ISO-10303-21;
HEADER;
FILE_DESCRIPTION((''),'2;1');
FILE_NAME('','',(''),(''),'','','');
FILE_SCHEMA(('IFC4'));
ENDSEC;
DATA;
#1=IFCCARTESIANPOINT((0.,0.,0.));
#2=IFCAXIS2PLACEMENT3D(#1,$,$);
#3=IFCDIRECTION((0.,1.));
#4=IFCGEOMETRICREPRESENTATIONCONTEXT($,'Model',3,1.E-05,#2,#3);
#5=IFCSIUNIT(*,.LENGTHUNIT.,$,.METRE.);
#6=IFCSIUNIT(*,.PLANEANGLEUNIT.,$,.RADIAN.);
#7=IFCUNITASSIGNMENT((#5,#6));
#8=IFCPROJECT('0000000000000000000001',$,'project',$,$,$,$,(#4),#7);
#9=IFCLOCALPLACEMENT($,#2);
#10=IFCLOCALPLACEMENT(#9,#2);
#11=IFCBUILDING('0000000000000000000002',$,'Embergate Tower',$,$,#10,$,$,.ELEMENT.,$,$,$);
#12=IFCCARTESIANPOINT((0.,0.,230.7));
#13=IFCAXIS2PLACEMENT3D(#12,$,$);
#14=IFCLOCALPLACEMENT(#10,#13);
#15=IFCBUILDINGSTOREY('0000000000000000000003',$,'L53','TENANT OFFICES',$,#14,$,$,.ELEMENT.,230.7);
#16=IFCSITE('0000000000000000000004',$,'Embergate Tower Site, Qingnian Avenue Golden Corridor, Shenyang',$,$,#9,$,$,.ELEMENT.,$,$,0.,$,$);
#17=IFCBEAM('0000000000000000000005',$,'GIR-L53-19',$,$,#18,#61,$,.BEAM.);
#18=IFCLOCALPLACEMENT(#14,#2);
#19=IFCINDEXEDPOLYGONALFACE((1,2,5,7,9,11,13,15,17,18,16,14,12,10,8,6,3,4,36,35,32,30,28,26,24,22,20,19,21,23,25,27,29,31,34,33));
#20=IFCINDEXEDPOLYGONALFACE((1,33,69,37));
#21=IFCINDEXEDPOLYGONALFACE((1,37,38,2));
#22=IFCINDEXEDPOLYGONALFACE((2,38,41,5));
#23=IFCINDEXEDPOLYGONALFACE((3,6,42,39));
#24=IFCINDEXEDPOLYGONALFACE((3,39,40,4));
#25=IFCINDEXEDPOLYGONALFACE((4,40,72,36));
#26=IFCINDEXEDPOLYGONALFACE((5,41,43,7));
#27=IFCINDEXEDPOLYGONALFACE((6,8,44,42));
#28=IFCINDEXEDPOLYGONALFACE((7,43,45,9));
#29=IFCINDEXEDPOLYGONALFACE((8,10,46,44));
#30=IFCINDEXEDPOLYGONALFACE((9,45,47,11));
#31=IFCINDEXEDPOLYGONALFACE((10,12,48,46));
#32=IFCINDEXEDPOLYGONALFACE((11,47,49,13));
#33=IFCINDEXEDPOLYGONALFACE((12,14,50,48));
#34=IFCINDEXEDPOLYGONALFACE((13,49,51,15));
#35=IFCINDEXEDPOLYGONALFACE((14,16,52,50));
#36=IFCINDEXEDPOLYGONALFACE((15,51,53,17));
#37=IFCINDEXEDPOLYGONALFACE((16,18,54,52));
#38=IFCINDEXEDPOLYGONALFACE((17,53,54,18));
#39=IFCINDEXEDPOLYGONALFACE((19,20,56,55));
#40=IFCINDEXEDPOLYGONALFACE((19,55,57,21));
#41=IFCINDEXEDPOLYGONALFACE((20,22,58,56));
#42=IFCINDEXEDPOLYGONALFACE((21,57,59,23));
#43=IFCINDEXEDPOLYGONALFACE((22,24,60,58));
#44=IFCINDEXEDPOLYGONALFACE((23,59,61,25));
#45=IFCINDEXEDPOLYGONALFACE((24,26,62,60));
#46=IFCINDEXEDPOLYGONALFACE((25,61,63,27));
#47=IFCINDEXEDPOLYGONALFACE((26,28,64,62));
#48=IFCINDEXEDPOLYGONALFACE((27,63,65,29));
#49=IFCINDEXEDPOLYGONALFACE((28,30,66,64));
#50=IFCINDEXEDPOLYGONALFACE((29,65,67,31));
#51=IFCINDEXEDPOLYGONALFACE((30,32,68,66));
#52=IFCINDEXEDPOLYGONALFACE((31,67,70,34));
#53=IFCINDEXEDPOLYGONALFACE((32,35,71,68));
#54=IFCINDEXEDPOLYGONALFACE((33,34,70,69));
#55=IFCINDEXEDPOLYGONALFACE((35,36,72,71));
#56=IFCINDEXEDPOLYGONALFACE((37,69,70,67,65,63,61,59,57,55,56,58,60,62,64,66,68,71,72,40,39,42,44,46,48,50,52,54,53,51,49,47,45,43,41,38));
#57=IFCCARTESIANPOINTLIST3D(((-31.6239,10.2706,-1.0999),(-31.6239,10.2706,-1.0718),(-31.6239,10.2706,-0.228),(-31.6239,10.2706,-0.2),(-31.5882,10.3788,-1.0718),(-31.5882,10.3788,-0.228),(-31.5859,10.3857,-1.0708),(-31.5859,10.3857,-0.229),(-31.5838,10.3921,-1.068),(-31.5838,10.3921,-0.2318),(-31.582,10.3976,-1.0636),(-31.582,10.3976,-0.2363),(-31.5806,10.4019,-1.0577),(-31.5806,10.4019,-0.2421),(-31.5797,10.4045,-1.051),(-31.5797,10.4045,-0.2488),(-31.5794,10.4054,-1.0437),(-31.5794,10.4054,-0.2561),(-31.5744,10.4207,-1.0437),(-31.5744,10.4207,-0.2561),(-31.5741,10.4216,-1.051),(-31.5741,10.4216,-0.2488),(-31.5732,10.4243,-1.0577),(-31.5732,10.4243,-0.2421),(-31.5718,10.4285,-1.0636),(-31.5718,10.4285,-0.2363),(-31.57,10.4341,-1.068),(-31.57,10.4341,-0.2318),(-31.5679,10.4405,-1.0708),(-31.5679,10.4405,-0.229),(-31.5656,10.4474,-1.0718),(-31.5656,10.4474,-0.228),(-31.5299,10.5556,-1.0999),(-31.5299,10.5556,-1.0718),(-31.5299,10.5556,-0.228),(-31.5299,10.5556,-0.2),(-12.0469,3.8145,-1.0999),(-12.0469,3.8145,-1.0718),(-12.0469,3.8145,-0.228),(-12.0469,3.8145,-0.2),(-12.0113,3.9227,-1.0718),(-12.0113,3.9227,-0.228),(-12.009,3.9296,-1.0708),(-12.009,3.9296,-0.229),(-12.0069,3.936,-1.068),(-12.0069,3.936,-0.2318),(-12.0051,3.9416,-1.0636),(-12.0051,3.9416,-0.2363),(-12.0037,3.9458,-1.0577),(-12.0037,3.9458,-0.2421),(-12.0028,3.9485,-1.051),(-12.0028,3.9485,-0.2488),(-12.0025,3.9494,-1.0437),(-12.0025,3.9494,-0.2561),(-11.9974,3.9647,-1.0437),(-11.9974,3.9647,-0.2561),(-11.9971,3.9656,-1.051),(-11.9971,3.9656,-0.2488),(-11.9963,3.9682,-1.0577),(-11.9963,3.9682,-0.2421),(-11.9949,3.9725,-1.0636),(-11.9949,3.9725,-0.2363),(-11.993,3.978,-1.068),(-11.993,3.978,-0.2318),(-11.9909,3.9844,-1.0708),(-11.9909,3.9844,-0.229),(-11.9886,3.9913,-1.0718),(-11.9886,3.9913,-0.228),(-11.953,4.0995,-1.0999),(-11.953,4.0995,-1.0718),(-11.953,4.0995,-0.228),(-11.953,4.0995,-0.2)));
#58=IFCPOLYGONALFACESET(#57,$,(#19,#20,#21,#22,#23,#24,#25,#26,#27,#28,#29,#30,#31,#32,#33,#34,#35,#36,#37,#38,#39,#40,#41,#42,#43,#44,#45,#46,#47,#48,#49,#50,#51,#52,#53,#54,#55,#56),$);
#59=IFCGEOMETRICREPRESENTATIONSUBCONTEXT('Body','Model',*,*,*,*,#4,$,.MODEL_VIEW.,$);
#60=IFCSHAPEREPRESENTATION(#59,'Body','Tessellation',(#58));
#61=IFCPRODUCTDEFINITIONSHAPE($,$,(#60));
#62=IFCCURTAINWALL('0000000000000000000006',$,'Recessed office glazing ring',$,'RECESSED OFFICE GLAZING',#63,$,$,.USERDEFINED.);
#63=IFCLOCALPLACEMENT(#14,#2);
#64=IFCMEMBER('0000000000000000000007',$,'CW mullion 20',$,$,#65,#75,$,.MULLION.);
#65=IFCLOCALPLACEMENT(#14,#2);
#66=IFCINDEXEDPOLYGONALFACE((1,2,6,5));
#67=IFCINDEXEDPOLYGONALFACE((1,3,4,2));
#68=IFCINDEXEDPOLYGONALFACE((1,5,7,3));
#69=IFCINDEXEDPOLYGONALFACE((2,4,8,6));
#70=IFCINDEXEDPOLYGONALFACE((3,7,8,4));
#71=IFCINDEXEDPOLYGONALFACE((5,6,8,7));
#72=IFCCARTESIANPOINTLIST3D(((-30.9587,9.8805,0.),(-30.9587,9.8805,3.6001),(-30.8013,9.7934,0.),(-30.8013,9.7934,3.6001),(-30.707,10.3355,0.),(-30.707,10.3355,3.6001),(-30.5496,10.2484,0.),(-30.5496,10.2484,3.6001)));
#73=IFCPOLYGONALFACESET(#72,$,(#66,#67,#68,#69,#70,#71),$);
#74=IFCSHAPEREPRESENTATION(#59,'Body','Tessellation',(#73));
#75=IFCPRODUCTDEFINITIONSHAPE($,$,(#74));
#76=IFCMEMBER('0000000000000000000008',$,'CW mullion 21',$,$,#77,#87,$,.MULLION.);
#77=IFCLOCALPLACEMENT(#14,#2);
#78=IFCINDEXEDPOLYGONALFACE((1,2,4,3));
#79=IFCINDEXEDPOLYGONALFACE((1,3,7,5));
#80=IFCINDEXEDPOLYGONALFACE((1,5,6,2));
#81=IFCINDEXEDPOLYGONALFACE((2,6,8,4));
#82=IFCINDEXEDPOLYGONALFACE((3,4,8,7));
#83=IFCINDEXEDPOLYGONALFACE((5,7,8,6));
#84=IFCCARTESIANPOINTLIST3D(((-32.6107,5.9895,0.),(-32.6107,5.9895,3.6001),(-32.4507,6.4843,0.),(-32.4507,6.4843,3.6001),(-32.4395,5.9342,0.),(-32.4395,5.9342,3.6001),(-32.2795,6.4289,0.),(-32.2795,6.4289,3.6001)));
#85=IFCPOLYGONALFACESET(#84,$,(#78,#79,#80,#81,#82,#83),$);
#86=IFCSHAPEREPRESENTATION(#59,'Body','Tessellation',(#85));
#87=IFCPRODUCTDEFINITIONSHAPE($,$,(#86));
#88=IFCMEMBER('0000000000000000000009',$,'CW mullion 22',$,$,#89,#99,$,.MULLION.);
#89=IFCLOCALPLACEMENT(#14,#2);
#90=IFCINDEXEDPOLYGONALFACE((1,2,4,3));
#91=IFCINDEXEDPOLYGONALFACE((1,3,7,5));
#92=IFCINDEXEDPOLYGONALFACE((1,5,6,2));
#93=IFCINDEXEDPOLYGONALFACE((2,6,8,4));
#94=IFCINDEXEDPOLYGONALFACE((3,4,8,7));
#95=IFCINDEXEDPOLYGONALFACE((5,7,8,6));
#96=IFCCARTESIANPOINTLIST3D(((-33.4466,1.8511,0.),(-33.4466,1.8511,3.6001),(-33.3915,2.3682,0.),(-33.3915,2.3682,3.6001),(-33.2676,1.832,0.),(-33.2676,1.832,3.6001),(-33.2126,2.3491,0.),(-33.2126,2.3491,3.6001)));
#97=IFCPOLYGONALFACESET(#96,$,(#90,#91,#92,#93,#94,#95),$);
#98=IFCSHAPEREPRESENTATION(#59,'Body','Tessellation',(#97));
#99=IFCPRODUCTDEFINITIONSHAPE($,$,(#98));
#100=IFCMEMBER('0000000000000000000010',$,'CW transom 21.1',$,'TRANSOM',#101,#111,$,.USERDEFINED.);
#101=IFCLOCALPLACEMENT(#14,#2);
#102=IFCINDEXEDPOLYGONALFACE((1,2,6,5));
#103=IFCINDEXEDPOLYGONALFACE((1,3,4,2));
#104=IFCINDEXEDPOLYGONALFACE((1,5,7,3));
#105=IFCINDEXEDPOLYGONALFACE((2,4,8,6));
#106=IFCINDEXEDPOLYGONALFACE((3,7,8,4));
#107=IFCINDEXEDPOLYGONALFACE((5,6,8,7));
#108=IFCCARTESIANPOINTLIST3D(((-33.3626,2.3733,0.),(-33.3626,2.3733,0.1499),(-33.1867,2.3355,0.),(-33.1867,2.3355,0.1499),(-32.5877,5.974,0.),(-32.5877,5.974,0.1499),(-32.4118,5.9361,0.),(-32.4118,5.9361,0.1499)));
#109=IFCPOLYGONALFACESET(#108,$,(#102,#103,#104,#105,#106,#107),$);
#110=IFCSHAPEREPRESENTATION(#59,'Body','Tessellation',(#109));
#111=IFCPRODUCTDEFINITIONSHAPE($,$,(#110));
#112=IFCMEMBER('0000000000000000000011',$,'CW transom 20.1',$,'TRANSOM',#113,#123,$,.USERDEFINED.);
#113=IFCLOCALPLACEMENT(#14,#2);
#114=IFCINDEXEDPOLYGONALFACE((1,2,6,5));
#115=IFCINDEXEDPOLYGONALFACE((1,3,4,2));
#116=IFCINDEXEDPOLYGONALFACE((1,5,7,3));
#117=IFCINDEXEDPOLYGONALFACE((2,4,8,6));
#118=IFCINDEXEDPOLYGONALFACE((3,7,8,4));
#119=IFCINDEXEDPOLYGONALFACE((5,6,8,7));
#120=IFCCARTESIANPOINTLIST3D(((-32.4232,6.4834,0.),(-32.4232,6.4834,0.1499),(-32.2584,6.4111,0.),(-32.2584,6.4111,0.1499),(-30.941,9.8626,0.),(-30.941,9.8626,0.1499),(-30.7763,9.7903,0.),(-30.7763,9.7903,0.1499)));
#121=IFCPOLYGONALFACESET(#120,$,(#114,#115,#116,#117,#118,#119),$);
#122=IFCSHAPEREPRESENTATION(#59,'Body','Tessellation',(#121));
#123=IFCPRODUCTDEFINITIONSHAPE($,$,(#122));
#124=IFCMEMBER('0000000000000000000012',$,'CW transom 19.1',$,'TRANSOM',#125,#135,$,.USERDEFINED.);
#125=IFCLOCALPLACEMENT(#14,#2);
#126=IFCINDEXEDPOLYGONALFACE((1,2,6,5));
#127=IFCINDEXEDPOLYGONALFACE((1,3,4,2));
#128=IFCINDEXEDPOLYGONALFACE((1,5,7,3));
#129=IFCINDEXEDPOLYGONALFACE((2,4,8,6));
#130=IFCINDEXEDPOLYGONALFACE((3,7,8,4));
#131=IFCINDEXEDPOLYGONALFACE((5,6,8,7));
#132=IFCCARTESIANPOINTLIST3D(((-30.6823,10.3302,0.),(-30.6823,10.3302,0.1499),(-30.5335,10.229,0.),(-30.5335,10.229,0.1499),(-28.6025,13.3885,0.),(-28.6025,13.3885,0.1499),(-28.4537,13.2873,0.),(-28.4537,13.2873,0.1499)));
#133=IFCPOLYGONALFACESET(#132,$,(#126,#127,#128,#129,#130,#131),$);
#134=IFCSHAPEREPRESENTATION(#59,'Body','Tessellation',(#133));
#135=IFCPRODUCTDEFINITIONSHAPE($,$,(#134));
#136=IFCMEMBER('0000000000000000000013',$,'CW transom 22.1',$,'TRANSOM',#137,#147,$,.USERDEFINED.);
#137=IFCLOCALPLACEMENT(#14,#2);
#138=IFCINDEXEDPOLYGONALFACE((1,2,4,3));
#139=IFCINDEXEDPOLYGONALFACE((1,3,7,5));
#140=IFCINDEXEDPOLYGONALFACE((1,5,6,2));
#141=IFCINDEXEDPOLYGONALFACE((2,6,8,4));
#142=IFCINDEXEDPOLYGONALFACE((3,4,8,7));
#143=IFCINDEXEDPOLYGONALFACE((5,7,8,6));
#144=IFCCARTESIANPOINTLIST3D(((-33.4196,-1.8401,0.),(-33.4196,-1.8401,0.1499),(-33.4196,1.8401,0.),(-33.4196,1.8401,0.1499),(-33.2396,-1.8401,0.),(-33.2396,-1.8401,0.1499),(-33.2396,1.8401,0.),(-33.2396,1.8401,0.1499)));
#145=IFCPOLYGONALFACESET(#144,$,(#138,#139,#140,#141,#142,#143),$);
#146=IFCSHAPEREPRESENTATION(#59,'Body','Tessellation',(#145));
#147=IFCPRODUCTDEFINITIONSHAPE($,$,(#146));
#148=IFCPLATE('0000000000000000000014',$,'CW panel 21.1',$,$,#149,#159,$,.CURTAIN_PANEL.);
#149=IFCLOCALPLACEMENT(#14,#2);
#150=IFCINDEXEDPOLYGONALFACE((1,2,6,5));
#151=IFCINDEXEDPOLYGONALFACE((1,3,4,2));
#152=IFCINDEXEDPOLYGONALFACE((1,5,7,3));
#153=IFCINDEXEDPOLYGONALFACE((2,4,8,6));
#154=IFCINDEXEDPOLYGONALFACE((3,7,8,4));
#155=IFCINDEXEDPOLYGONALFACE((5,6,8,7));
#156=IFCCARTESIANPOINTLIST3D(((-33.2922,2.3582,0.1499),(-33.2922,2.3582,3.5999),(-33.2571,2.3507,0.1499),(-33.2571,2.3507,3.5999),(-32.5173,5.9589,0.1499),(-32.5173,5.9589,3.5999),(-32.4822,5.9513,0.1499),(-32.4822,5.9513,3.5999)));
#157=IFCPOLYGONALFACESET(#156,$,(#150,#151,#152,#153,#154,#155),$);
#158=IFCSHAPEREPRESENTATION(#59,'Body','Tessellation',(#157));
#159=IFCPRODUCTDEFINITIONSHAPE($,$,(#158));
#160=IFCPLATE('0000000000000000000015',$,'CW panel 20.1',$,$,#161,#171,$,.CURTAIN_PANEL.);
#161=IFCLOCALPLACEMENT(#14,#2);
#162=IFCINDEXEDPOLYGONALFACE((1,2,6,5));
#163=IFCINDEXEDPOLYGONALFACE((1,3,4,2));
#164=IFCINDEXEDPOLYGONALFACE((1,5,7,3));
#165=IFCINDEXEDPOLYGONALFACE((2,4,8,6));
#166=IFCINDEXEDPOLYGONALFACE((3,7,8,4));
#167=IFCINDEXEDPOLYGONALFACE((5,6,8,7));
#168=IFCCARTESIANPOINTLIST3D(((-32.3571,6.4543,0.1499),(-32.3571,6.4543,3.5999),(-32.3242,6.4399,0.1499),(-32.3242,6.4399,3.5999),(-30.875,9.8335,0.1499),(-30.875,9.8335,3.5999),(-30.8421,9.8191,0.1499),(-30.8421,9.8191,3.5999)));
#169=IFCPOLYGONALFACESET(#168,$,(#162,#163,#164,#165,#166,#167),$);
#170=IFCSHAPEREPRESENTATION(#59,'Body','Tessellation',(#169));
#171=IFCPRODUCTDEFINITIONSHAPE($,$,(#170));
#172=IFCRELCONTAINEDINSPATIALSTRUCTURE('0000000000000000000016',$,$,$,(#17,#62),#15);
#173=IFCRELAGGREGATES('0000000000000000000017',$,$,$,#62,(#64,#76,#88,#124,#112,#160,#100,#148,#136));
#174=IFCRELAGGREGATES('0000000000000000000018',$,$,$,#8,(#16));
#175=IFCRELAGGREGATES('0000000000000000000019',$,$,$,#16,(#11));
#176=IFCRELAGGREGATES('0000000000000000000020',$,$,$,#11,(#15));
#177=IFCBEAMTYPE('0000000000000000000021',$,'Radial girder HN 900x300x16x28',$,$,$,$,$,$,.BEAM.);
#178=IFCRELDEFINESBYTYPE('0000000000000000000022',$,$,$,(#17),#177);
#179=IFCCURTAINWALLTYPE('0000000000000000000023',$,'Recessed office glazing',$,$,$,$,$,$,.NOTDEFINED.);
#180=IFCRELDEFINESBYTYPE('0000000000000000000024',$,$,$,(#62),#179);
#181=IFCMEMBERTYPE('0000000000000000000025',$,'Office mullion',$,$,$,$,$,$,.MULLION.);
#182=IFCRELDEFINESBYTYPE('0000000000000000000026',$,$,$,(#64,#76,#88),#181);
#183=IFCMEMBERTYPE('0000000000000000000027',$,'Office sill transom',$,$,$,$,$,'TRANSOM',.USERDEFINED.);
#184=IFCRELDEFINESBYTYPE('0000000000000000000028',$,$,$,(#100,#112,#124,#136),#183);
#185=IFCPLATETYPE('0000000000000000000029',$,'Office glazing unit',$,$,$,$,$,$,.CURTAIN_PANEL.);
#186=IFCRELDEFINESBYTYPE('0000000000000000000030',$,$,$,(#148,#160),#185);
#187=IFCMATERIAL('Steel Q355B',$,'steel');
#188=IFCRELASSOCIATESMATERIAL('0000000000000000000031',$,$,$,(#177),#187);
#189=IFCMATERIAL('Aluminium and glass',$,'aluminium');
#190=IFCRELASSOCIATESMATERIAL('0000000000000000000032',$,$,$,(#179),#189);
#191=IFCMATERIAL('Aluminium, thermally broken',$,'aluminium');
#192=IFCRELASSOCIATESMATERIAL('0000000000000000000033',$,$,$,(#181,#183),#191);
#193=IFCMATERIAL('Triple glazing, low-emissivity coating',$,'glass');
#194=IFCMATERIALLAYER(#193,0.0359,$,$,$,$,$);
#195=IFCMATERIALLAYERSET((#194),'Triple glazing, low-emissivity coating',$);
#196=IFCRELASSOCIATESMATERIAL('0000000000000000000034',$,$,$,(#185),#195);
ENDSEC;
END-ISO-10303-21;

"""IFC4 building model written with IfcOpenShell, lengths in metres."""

from ifc_helpers import new_model, si_unit, direction, frame, origin, origin_2d, place, context, subcontext, project, spatial, rectangle, i_section, extrude, source, transform, mapped, material, layer, layer_set, material_profile, profile_set, type_object, element, aggregate, save


model = new_model("IFC4")

# Units and contexts
model_context = context("Model", 3, precision=1e-05, world=origin(), true_north=direction((0.0, 1.0)))
body_context = subcontext(model_context, "Body", "Model", "MODEL_VIEW")
ifc_project = project(units=[si_unit("LENGTHUNIT", "METRE"), si_unit("PLANEANGLEUNIT", "RADIAN")], contexts=[model_context])

# Site, building, storey
site_placement = place(None, origin())
site = spatial("IfcSite", under=ifc_project, at=site_placement, Name="Embergate Tower Site, Qingnian Avenue Golden Corridor, Shenyang", CompositionType="ELEMENT", RefElevation=0.0)
building_placement = place(site_placement, origin())
building = spatial("IfcBuilding", under=site, at=building_placement, Name="Embergate Tower", CompositionType="ELEMENT")
storey_placement = place(building_placement, frame((0.0, 0.0, 230.7)))
storey = spatial("IfcBuildingStorey", under=building, at=storey_placement, Name="L53", Description="TENANT OFFICES", CompositionType="ELEMENT", Elevation=230.7)

# Beam
ifc_material_1 = material(Name="Steel Q355B", Category="steel")
ifc_material_profile_1 = material_profile(ifc_material_1, i_section(OverallWidth=0.3, OverallDepth=0.8999, WebThickness=0.0161, FlangeThickness=0.0281, FilletRadius=0.0281, at=origin_2d()), Name="HN 900x300x16x28")
ifc_profile_set_1 = profile_set([ifc_material_profile_1], Name="Steel Q355 grade B")
beam_type_1 = type_object("IfcBeamType", Name="Radial girder HN 900x300x16x28", PredefinedType="BEAM", material=ifc_profile_set_1)
shared_shape_1 = source(origin(), body_context, "Body", "SweptSolid", [
    extrude(i_section(OverallWidth=0.3, OverallDepth=0.8999, WebThickness=0.0161, FlangeThickness=0.0281, FilletRadius=0.0281, at=origin_2d()), origin(), (0.0, 0.0, 1.0), 20.614),
])
beam_1_placement = place(storey_placement, frame((-31.5769, 10.4131, -0.6499), z_axis=(0.949691, -0.313188, 0.0), x_axis=(0.313188, 0.949691, 0.0)))
element("IfcBeam", 1, at=beam_1_placement, inside=storey, type_object=beam_type_1, Name="GIR-L53-19", PredefinedType="BEAM", context=body_context, shape_type="MappedRepresentation", body=[
    mapped(shared_shape_1, transform((0.0, 0.0, 0.0))),
])

# Curtain wall, members, plates
ifc_material_2 = material(Name="Aluminium and glass", Category="aluminium")
curtain_wall_type = type_object("IfcCurtainWallType", Name="Recessed office glazing", PredefinedType="NOTDEFINED", material=ifc_material_2)
curtain_wall_placement = place(storey_placement, origin())
curtain_wall = element("IfcCurtainWall", 2, at=curtain_wall_placement, inside=storey, type_object=curtain_wall_type, Name="Recessed office glazing ring", ObjectType="RECESSED OFFICE GLAZING", PredefinedType="USERDEFINED")
ifc_material_3 = material(Name="Aluminium, thermally broken", Category="aluminium")
ifc_material_profile_2 = material_profile(ifc_material_3, rectangle(XDim=0.1799, YDim=0.52, at=origin_2d()), Name="AL 520x180")
ifc_profile_set_2 = profile_set([ifc_material_profile_2], Name="Aluminium, thermally broken")
member_type_1 = type_object("IfcMemberType", Name="Office mullion", PredefinedType="MULLION", material=ifc_profile_set_2)
shared_shape_2 = source(origin(), body_context, "Body", "SweptSolid", [
    extrude(rectangle(XDim=0.1799, YDim=0.52, at=origin_2d()), origin(), (0.0, 0.0, 1.0), 3.6001),
])
member_1_placement = place(storey_placement, frame((-30.7542, 10.0645, 0.0), z_axis=(0.0, 0.0, 1.0), x_axis=(0.874993, -0.484135, 0.0)))
member_1 = element("IfcMember", 3, at=member_1_placement, type_object=member_type_1, Name="CW mullion 20", PredefinedType="MULLION", context=body_context, shape_type="MappedRepresentation", body=[
    mapped(shared_shape_2, transform((0.0, 0.0, 0.0))),
])
member_2_placement = place(storey_placement, frame((-32.4451, 6.2092, 0.0), z_axis=(0.0, 0.0, 1.0), x_axis=(0.951494, -0.307669, 0.0)))
member_2 = element("IfcMember", 4, at=member_2_placement, type_object=member_type_1, Name="CW mullion 21", PredefinedType="MULLION", context=body_context, shape_type="MappedRepresentation", body=[
    mapped(shared_shape_2, transform((0.0, 0.0, 0.0))),
])
member_3_placement = place(storey_placement, frame((-33.3296, 2.1001, 0.0), z_axis=(0.0, 0.0, 1.0), x_axis=(0.994384, -0.105828, 0.0)))
member_3 = element("IfcMember", 5, at=member_3_placement, type_object=member_type_1, Name="CW mullion 22", PredefinedType="MULLION", context=body_context, shape_type="MappedRepresentation", body=[
    mapped(shared_shape_2, transform((0.0, 0.0, 0.0))),
])
ifc_material_profile_3 = material_profile(ifc_material_3, rectangle(XDim=0.1799, YDim=0.1499, at=origin_2d()), Name="AL 150x180")
ifc_profile_set_3 = profile_set([ifc_material_profile_3], Name="Aluminium, thermally broken")
member_type_2 = type_object("IfcMemberType", Name="Office sill transom", ElementType="TRANSOM", PredefinedType="USERDEFINED", material=ifc_profile_set_3)
shared_shape_3 = source(origin(), body_context, "Body", "SweptSolid", [
    extrude(rectangle(XDim=0.1799, YDim=0.1499, at=origin_2d()), origin(), (0.0, 0.0, 1.0), 3.6831),
])
member_4_placement = place(storey_placement, frame((-32.4998, 5.9551, 0.075), z_axis=(-0.210398, -0.977616, 0.0), x_axis=(0.977616, -0.210398, 0.0)))
member_4 = element("IfcMember", 6, at=member_4_placement, type_object=member_type_2, Name="CW transom 21.1", ObjectType="TRANSOM", PredefinedType="USERDEFINED", context=body_context, shape_type="MappedRepresentation", body=[
    mapped(shared_shape_3, transform((0.0, 0.0, 0.0))),
])
shared_shape_4 = source(origin(), body_context, "Body", "SweptSolid", [
    extrude(rectangle(XDim=0.1799, YDim=0.1499, at=origin_2d()), origin(), (0.0, 0.0, 1.0), 3.6899),
])
member_5_placement = place(storey_placement, frame((-30.8586, 9.8264, 0.075), z_axis=(-0.401683, -0.915779, 0.0), x_axis=(0.915779, -0.401683, 0.0)))
member_5 = element("IfcMember", 7, at=member_5_placement, type_object=member_type_2, Name="CW transom 20.1", ObjectType="TRANSOM", PredefinedType="USERDEFINED", context=body_context, shape_type="MappedRepresentation", body=[
    mapped(shared_shape_4, transform((0.0, 0.0, 0.0))),
])
shared_shape_5 = source(origin(), body_context, "Body", "SweptSolid", [
    extrude(rectangle(XDim=0.1799, YDim=0.1499, at=origin_2d()), origin(), (0.0, 0.0, 1.0), 3.6985),
])
member_6_placement = place(storey_placement, frame((-28.5281, 13.3379, 0.075), z_axis=(-0.562339, -0.826907, 0.0), x_axis=(0.826907, -0.562339, 0.0)))
member_6 = element("IfcMember", 8, at=member_6_placement, type_object=member_type_2, Name="CW transom 19.1", ObjectType="TRANSOM", PredefinedType="USERDEFINED", context=body_context, shape_type="MappedRepresentation", body=[
    mapped(shared_shape_5, transform((0.0, 0.0, 0.0))),
])
shared_shape_6 = source(origin(), body_context, "Body", "SweptSolid", [
    extrude(rectangle(XDim=0.1799, YDim=0.1499, at=origin_2d()), origin(), (0.0, 0.0, 1.0), 3.6802),
])
member_7_placement = place(storey_placement, frame((-33.3296, 1.8401, 0.075), z_axis=(0.0, -1.0, 0.0), x_axis=(1.0, 0.0, 0.0)))
member_7 = element("IfcMember", 9, at=member_7_placement, type_object=member_type_2, Name="CW transom 22.1", ObjectType="TRANSOM", PredefinedType="USERDEFINED", context=body_context, shape_type="MappedRepresentation", body=[
    mapped(shared_shape_6, transform((0.0, 0.0, 0.0))),
])
ifc_material_4 = material(Name="Triple glazing, low-emissivity coating", Category="glass")
ifc_layer_1 = layer(ifc_material_4, 0.0359)
ifc_layer_set_1 = layer_set([ifc_layer_1], Name="Triple glazing, low-emissivity coating")
plate_type = type_object("IfcPlateType", Name="Office glazing unit", PredefinedType="CURTAIN_PANEL", material=ifc_layer_set_1)
shared_shape_7 = source(origin(), body_context, "Body", "SweptSolid", [
    extrude(rectangle(XDim=3.6831, YDim=0.0359, at=origin_2d()), origin(), (0.0, 0.0, 1.0), 3.45),
])
plate_1_placement = place(storey_placement, frame((-32.8872, 4.1548, 0.1499), z_axis=(0.0, 0.0, 1.0), x_axis=(-0.210404, -0.977615, 0.0)))
plate_1 = element("IfcPlate", 10, at=plate_1_placement, type_object=plate_type, Name="CW panel 21.1", PredefinedType="CURTAIN_PANEL", context=body_context, shape_type="MappedRepresentation", body=[
    mapped(shared_shape_7, transform((0.0, 0.0, 0.0))),
])
shared_shape_8 = source(origin(), body_context, "Body", "SweptSolid", [
    extrude(rectangle(XDim=3.6899, YDim=0.0359, at=origin_2d()), origin(), (0.0, 0.0, 1.0), 3.45),
])
plate_2_placement = place(storey_placement, frame((-31.5996, 8.1367, 0.1499), z_axis=(0.0, 0.0, 1.0), x_axis=(-0.401662, -0.915788, 0.0)))
plate_2 = element("IfcPlate", 11, at=plate_2_placement, type_object=plate_type, Name="CW panel 20.1", PredefinedType="CURTAIN_PANEL", context=body_context, shape_type="MappedRepresentation", body=[
    mapped(shared_shape_8, transform((0.0, 0.0, 0.0))),
])
aggregate(curtain_wall, [member_1, member_2, member_3, member_6, member_5, plate_2, member_4, plate_1, member_7])

save(model, "model.ifc")
